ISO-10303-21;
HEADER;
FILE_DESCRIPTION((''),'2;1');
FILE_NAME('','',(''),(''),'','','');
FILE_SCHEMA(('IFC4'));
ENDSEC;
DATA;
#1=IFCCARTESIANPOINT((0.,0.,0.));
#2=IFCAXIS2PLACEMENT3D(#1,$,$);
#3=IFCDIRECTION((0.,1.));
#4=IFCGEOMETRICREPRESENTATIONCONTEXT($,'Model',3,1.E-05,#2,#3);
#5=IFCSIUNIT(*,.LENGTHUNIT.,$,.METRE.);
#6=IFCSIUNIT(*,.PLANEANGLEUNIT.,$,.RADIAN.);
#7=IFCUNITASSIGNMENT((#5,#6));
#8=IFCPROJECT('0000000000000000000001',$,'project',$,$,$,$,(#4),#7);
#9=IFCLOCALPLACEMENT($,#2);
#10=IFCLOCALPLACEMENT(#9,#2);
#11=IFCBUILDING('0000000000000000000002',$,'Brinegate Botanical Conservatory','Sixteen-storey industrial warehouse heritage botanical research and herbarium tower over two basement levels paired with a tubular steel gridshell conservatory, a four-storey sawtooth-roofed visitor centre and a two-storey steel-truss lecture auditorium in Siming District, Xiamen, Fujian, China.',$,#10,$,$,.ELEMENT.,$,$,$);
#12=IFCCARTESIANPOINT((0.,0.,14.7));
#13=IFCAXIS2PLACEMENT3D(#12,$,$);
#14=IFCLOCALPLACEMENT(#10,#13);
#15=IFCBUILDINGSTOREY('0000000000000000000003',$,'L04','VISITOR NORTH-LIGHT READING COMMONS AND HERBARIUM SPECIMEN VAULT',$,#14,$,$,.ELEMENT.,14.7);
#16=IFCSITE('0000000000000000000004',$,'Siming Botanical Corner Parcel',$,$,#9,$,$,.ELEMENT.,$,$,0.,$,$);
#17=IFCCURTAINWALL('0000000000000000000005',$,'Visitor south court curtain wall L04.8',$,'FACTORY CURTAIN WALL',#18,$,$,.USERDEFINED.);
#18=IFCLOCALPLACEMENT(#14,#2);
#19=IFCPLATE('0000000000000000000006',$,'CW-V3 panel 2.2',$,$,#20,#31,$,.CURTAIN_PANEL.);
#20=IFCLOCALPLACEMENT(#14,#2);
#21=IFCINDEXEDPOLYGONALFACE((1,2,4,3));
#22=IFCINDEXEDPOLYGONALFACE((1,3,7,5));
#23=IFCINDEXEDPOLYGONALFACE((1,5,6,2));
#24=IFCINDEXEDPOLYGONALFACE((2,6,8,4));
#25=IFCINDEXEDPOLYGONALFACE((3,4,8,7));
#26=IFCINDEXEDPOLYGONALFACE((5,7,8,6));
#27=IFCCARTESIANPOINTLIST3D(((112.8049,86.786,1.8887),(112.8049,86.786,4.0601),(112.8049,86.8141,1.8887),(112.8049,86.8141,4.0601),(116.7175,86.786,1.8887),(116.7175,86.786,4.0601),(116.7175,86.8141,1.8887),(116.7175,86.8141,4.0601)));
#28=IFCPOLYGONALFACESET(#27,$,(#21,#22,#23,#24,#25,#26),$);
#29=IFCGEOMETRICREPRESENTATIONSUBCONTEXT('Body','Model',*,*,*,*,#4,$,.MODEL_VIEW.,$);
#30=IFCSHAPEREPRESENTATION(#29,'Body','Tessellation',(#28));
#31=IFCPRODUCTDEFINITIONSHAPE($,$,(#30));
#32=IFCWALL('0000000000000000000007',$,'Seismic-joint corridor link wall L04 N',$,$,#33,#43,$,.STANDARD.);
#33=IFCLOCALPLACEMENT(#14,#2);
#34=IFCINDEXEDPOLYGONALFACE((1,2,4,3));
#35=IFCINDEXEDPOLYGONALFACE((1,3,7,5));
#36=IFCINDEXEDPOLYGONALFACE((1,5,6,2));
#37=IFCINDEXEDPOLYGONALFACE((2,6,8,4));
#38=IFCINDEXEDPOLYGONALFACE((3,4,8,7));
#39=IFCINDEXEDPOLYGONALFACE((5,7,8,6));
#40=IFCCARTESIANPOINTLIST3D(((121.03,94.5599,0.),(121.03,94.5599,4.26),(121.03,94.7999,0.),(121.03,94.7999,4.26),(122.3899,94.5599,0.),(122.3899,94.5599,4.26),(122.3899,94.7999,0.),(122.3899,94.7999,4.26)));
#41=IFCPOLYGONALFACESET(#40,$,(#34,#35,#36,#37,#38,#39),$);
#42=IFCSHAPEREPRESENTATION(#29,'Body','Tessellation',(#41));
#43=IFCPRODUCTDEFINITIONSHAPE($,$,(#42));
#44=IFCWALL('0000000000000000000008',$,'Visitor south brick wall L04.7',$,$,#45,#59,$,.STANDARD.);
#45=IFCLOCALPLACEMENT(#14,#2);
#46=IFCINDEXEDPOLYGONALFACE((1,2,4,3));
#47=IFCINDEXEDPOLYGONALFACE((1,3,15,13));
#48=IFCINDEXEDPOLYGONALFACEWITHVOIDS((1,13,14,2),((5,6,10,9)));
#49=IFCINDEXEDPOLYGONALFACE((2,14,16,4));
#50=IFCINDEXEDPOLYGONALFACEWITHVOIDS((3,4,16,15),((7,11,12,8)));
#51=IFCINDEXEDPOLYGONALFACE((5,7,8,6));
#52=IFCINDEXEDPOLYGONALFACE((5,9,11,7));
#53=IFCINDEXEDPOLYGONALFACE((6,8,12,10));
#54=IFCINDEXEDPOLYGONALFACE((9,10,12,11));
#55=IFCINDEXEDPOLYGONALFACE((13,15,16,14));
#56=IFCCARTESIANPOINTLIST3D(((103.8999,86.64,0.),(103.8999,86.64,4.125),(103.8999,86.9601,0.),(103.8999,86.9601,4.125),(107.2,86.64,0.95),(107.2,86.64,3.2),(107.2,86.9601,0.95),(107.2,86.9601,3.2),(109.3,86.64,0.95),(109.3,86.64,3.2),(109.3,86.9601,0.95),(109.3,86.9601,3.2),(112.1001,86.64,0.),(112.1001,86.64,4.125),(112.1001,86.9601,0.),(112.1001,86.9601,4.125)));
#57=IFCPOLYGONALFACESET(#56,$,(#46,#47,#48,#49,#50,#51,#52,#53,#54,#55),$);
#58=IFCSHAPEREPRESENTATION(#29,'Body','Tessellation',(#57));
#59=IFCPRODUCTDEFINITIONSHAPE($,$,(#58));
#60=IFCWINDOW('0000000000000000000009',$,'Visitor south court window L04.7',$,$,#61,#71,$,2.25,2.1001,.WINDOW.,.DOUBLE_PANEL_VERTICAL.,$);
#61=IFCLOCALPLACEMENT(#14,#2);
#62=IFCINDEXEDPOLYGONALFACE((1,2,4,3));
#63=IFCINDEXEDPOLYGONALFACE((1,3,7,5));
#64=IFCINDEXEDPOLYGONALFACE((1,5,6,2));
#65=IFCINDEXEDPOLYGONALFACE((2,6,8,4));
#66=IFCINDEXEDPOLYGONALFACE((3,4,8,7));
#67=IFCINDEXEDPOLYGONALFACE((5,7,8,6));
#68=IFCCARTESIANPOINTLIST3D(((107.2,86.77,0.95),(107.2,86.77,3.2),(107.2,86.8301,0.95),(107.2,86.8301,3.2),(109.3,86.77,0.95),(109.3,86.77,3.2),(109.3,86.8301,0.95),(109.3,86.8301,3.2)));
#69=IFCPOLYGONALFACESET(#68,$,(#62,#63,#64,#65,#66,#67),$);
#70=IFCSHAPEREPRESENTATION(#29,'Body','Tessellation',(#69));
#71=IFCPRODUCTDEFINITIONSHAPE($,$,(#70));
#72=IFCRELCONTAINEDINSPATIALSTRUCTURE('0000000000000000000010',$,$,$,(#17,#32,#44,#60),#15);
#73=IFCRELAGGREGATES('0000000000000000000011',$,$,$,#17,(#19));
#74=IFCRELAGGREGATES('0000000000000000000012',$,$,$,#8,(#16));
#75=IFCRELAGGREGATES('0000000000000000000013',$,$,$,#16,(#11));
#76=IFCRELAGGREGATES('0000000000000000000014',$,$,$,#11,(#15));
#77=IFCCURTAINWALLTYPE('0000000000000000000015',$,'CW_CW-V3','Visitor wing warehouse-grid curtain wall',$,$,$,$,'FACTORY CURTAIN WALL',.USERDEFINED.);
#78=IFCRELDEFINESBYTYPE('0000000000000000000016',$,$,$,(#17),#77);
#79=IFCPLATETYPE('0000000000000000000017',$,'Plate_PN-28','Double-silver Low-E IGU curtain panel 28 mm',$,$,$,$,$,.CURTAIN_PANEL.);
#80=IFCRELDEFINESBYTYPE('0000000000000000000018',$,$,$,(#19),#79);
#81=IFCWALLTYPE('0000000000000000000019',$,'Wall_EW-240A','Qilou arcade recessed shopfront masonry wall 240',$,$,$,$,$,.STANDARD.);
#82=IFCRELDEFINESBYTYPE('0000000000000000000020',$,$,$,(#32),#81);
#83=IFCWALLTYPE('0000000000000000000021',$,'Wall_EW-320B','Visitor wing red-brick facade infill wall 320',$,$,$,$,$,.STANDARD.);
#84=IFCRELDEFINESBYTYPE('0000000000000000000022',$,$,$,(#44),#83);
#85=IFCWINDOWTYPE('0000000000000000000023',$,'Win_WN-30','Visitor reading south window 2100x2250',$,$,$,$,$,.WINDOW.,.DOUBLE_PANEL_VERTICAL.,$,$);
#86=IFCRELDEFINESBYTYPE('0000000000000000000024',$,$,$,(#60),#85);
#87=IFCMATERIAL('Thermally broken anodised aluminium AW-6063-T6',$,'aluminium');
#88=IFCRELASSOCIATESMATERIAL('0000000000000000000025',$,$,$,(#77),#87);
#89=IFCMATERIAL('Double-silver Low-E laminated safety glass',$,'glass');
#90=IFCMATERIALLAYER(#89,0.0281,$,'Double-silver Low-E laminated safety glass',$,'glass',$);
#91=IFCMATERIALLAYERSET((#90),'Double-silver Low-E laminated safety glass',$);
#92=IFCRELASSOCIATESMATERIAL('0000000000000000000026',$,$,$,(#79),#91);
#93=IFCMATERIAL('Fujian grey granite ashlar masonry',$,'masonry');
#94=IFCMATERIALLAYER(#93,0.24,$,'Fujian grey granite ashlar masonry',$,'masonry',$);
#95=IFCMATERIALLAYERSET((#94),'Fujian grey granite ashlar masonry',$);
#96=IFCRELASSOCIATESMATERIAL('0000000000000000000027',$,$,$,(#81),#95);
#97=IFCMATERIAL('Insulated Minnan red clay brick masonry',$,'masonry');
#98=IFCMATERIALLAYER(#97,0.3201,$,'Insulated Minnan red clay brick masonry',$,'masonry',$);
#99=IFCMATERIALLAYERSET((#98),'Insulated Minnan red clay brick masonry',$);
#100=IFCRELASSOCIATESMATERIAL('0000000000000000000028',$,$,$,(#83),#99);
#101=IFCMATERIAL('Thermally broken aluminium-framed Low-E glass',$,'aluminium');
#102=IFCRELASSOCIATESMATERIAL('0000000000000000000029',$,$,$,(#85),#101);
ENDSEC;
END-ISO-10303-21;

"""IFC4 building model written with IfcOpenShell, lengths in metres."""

from ifc_helpers import new_model, si_unit, direction, frame, frame_2d, origin, origin_2d, place, context, subcontext, project, spatial, rectangle, extrude, material, layer, layer_set, type_object, element, fill, aggregate, save


model = new_model("IFC4")

# Units and contexts
model_context = context("Model", 3, precision=1e-05, world=origin(), true_north=direction((0.0, 1.0)))
body_context = subcontext(model_context, "Body", "Model", "MODEL_VIEW")
ifc_project = project(units=[si_unit("LENGTHUNIT", "METRE"), si_unit("PLANEANGLEUNIT", "RADIAN")], contexts=[model_context])

# Site, building, storey
site_placement = place(None, origin())
site = spatial("IfcSite", under=ifc_project, at=site_placement, Name="Siming Botanical Corner Parcel", CompositionType="ELEMENT", RefElevation=0.0)
building_placement = place(site_placement, origin())
building = spatial("IfcBuilding", under=site, at=building_placement, Name="Brinegate Botanical Conservatory", Description="Sixteen-storey industrial warehouse heritage botanical research and herbarium tower over two basement levels paired with a tubular steel gridshell conservatory, a four-storey sawtooth-roofed visitor centre and a two-storey steel-truss lecture auditorium in Siming District, Xiamen, Fujian, China.", CompositionType="ELEMENT")
storey_placement = place(building_placement, frame((0.0, 0.0, 14.7)))
storey = spatial("IfcBuildingStorey", under=building, at=storey_placement, Name="L04", Description="VISITOR NORTH-LIGHT READING COMMONS AND HERBARIUM SPECIMEN VAULT", CompositionType="ELEMENT", Elevation=14.7)

# Curtain wall, plate
ifc_material_1 = material(Name="Thermally broken anodised aluminium AW-6063-T6", Category="aluminium")
curtain_wall_type = type_object("IfcCurtainWallType", Name="CW_CW-V3", Description="Visitor wing warehouse-grid curtain wall", ElementType="FACTORY CURTAIN WALL", PredefinedType="USERDEFINED", material=ifc_material_1)
curtain_wall_placement = place(storey_placement, origin())
curtain_wall = element("IfcCurtainWall", 1, at=curtain_wall_placement, inside=storey, type_object=curtain_wall_type, Name="Visitor south court curtain wall L04.8", ObjectType="FACTORY CURTAIN WALL", PredefinedType="USERDEFINED")
ifc_material_2 = material(Name="Double-silver Low-E laminated safety glass", Category="glass")
ifc_layer_1 = layer(ifc_material_2, 0.0281, Name="Double-silver Low-E laminated safety glass", Category="glass")
ifc_layer_set_1 = layer_set([ifc_layer_1], Name="Double-silver Low-E laminated safety glass")
plate_type = type_object("IfcPlateType", Name="Plate_PN-28", Description="Double-silver Low-E IGU curtain panel 28 mm", PredefinedType="CURTAIN_PANEL", material=ifc_layer_set_1)
plate_1_placement = place(storey_placement, frame((114.7612, 86.8, 1.8887), z_axis=(0.0, 0.0, 1.0), x_axis=(-1.0, 0.0, 0.0)))
plate_1 = element("IfcPlate", 2, at=plate_1_placement, type_object=plate_type, Name="CW-V3 panel 2.2", PredefinedType="CURTAIN_PANEL", context=body_context, shape_type="SweptSolid", body=[
    extrude(rectangle(XDim=3.9126, YDim=0.0281, at=origin_2d()), origin(), (0.0, 0.0, 1.0), 2.1714),
])
aggregate(curtain_wall, [plate_1])

# Wall
ifc_material_3 = material(Name="Fujian grey granite ashlar masonry", Category="masonry")
ifc_layer_2 = layer(ifc_material_3, 0.24, Name="Fujian grey granite ashlar masonry", Category="masonry")
ifc_layer_set_2 = layer_set([ifc_layer_2], Name="Fujian grey granite ashlar masonry")
wall_type_1 = type_object("IfcWallType", Name="Wall_EW-240A", Description="Qilou arcade recessed shopfront masonry wall 240", PredefinedType="STANDARD", material=ifc_layer_set_2)
wall_1_placement = place(storey_placement, frame((121.03, 94.6799, 0.0), z_axis=(0.0, 0.0, 1.0), x_axis=(1.0, 0.0, 0.0)))
element("IfcWall", 3, at=wall_1_placement, inside=storey, type_object=wall_type_1, Name="Seismic-joint corridor link wall L04 N", PredefinedType="STANDARD", context=body_context, shape_type="SweptSolid", body=[
    extrude(rectangle(XDim=1.3599, YDim=0.24, at=frame_2d((0.6799, 0.0))), origin(), (0.0, 0.0, 1.0), 4.26),
])

# Wall, opening, window
ifc_material_4 = material(Name="Insulated Minnan red clay brick masonry", Category="masonry")
ifc_layer_3 = layer(ifc_material_4, 0.3201, Name="Insulated Minnan red clay brick masonry", Category="masonry")
ifc_layer_set_3 = layer_set([ifc_layer_3], Name="Insulated Minnan red clay brick masonry")
wall_type_2 = type_object("IfcWallType", Name="Wall_EW-320B", Description="Visitor wing red-brick facade infill wall 320", PredefinedType="STANDARD", material=ifc_layer_set_3)
wall_2_placement = place(storey_placement, frame((112.1001, 86.8, 0.0), z_axis=(0.0, 0.0, 1.0), x_axis=(-1.0, 0.0, 0.0)))
wall_2 = element("IfcWall", 4, at=wall_2_placement, inside=storey, type_object=wall_type_2, Name="Visitor south brick wall L04.7", PredefinedType="STANDARD", context=body_context, shape_type="SweptSolid", body=[
    extrude(rectangle(XDim=8.2002, YDim=0.3201, at=frame_2d((4.1001, 0.0))), origin(), (0.0, 0.0, 1.0), 4.125),
])
opening_placement = place(wall_2_placement, frame((2.8, 0.0, 0.95)))
opening = element("IfcOpeningElement", 5, at=opening_placement, cuts=wall_2, PredefinedType="OPENING", context=body_context, shape_type="SweptSolid", body=[
    extrude(rectangle(XDim=2.1001, YDim=2.25, at=frame_2d((1.05, 1.125))), frame((0.0, 0.1699, 0.0), z_axis=(0.0, -1.0, 0.0), x_axis=(1.0, 0.0, 0.0)), (0.0, 0.0, 1.0), 0.3401),
])
ifc_material_5 = material(Name="Thermally broken aluminium-framed Low-E glass", Category="aluminium")
window_type = type_object("IfcWindowType", Name="Win_WN-30", Description="Visitor reading south window 2100x2250", PartitioningType="DOUBLE_PANEL_VERTICAL", PredefinedType="WINDOW", material=ifc_material_5)
window_placement = place(opening_placement, origin())
window = element("IfcWindow", 6, at=window_placement, inside=storey, type_object=window_type, Name="Visitor south court window L04.7", OverallHeight=2.25, OverallWidth=2.1001, PartitioningType="DOUBLE_PANEL_VERTICAL", PredefinedType="WINDOW", context=body_context, shape_type="SweptSolid", body=[
    extrude(rectangle(XDim=2.1001, YDim=2.25, at=frame_2d((1.05, 1.125))), frame((0.0, 0.03, 0.0), z_axis=(0.0, -1.0, 0.0), x_axis=(1.0, 0.0, 0.0)), (0.0, 0.0, 1.0), 0.0601),
])
fill(opening, window)

save(model, "model.ifc")
